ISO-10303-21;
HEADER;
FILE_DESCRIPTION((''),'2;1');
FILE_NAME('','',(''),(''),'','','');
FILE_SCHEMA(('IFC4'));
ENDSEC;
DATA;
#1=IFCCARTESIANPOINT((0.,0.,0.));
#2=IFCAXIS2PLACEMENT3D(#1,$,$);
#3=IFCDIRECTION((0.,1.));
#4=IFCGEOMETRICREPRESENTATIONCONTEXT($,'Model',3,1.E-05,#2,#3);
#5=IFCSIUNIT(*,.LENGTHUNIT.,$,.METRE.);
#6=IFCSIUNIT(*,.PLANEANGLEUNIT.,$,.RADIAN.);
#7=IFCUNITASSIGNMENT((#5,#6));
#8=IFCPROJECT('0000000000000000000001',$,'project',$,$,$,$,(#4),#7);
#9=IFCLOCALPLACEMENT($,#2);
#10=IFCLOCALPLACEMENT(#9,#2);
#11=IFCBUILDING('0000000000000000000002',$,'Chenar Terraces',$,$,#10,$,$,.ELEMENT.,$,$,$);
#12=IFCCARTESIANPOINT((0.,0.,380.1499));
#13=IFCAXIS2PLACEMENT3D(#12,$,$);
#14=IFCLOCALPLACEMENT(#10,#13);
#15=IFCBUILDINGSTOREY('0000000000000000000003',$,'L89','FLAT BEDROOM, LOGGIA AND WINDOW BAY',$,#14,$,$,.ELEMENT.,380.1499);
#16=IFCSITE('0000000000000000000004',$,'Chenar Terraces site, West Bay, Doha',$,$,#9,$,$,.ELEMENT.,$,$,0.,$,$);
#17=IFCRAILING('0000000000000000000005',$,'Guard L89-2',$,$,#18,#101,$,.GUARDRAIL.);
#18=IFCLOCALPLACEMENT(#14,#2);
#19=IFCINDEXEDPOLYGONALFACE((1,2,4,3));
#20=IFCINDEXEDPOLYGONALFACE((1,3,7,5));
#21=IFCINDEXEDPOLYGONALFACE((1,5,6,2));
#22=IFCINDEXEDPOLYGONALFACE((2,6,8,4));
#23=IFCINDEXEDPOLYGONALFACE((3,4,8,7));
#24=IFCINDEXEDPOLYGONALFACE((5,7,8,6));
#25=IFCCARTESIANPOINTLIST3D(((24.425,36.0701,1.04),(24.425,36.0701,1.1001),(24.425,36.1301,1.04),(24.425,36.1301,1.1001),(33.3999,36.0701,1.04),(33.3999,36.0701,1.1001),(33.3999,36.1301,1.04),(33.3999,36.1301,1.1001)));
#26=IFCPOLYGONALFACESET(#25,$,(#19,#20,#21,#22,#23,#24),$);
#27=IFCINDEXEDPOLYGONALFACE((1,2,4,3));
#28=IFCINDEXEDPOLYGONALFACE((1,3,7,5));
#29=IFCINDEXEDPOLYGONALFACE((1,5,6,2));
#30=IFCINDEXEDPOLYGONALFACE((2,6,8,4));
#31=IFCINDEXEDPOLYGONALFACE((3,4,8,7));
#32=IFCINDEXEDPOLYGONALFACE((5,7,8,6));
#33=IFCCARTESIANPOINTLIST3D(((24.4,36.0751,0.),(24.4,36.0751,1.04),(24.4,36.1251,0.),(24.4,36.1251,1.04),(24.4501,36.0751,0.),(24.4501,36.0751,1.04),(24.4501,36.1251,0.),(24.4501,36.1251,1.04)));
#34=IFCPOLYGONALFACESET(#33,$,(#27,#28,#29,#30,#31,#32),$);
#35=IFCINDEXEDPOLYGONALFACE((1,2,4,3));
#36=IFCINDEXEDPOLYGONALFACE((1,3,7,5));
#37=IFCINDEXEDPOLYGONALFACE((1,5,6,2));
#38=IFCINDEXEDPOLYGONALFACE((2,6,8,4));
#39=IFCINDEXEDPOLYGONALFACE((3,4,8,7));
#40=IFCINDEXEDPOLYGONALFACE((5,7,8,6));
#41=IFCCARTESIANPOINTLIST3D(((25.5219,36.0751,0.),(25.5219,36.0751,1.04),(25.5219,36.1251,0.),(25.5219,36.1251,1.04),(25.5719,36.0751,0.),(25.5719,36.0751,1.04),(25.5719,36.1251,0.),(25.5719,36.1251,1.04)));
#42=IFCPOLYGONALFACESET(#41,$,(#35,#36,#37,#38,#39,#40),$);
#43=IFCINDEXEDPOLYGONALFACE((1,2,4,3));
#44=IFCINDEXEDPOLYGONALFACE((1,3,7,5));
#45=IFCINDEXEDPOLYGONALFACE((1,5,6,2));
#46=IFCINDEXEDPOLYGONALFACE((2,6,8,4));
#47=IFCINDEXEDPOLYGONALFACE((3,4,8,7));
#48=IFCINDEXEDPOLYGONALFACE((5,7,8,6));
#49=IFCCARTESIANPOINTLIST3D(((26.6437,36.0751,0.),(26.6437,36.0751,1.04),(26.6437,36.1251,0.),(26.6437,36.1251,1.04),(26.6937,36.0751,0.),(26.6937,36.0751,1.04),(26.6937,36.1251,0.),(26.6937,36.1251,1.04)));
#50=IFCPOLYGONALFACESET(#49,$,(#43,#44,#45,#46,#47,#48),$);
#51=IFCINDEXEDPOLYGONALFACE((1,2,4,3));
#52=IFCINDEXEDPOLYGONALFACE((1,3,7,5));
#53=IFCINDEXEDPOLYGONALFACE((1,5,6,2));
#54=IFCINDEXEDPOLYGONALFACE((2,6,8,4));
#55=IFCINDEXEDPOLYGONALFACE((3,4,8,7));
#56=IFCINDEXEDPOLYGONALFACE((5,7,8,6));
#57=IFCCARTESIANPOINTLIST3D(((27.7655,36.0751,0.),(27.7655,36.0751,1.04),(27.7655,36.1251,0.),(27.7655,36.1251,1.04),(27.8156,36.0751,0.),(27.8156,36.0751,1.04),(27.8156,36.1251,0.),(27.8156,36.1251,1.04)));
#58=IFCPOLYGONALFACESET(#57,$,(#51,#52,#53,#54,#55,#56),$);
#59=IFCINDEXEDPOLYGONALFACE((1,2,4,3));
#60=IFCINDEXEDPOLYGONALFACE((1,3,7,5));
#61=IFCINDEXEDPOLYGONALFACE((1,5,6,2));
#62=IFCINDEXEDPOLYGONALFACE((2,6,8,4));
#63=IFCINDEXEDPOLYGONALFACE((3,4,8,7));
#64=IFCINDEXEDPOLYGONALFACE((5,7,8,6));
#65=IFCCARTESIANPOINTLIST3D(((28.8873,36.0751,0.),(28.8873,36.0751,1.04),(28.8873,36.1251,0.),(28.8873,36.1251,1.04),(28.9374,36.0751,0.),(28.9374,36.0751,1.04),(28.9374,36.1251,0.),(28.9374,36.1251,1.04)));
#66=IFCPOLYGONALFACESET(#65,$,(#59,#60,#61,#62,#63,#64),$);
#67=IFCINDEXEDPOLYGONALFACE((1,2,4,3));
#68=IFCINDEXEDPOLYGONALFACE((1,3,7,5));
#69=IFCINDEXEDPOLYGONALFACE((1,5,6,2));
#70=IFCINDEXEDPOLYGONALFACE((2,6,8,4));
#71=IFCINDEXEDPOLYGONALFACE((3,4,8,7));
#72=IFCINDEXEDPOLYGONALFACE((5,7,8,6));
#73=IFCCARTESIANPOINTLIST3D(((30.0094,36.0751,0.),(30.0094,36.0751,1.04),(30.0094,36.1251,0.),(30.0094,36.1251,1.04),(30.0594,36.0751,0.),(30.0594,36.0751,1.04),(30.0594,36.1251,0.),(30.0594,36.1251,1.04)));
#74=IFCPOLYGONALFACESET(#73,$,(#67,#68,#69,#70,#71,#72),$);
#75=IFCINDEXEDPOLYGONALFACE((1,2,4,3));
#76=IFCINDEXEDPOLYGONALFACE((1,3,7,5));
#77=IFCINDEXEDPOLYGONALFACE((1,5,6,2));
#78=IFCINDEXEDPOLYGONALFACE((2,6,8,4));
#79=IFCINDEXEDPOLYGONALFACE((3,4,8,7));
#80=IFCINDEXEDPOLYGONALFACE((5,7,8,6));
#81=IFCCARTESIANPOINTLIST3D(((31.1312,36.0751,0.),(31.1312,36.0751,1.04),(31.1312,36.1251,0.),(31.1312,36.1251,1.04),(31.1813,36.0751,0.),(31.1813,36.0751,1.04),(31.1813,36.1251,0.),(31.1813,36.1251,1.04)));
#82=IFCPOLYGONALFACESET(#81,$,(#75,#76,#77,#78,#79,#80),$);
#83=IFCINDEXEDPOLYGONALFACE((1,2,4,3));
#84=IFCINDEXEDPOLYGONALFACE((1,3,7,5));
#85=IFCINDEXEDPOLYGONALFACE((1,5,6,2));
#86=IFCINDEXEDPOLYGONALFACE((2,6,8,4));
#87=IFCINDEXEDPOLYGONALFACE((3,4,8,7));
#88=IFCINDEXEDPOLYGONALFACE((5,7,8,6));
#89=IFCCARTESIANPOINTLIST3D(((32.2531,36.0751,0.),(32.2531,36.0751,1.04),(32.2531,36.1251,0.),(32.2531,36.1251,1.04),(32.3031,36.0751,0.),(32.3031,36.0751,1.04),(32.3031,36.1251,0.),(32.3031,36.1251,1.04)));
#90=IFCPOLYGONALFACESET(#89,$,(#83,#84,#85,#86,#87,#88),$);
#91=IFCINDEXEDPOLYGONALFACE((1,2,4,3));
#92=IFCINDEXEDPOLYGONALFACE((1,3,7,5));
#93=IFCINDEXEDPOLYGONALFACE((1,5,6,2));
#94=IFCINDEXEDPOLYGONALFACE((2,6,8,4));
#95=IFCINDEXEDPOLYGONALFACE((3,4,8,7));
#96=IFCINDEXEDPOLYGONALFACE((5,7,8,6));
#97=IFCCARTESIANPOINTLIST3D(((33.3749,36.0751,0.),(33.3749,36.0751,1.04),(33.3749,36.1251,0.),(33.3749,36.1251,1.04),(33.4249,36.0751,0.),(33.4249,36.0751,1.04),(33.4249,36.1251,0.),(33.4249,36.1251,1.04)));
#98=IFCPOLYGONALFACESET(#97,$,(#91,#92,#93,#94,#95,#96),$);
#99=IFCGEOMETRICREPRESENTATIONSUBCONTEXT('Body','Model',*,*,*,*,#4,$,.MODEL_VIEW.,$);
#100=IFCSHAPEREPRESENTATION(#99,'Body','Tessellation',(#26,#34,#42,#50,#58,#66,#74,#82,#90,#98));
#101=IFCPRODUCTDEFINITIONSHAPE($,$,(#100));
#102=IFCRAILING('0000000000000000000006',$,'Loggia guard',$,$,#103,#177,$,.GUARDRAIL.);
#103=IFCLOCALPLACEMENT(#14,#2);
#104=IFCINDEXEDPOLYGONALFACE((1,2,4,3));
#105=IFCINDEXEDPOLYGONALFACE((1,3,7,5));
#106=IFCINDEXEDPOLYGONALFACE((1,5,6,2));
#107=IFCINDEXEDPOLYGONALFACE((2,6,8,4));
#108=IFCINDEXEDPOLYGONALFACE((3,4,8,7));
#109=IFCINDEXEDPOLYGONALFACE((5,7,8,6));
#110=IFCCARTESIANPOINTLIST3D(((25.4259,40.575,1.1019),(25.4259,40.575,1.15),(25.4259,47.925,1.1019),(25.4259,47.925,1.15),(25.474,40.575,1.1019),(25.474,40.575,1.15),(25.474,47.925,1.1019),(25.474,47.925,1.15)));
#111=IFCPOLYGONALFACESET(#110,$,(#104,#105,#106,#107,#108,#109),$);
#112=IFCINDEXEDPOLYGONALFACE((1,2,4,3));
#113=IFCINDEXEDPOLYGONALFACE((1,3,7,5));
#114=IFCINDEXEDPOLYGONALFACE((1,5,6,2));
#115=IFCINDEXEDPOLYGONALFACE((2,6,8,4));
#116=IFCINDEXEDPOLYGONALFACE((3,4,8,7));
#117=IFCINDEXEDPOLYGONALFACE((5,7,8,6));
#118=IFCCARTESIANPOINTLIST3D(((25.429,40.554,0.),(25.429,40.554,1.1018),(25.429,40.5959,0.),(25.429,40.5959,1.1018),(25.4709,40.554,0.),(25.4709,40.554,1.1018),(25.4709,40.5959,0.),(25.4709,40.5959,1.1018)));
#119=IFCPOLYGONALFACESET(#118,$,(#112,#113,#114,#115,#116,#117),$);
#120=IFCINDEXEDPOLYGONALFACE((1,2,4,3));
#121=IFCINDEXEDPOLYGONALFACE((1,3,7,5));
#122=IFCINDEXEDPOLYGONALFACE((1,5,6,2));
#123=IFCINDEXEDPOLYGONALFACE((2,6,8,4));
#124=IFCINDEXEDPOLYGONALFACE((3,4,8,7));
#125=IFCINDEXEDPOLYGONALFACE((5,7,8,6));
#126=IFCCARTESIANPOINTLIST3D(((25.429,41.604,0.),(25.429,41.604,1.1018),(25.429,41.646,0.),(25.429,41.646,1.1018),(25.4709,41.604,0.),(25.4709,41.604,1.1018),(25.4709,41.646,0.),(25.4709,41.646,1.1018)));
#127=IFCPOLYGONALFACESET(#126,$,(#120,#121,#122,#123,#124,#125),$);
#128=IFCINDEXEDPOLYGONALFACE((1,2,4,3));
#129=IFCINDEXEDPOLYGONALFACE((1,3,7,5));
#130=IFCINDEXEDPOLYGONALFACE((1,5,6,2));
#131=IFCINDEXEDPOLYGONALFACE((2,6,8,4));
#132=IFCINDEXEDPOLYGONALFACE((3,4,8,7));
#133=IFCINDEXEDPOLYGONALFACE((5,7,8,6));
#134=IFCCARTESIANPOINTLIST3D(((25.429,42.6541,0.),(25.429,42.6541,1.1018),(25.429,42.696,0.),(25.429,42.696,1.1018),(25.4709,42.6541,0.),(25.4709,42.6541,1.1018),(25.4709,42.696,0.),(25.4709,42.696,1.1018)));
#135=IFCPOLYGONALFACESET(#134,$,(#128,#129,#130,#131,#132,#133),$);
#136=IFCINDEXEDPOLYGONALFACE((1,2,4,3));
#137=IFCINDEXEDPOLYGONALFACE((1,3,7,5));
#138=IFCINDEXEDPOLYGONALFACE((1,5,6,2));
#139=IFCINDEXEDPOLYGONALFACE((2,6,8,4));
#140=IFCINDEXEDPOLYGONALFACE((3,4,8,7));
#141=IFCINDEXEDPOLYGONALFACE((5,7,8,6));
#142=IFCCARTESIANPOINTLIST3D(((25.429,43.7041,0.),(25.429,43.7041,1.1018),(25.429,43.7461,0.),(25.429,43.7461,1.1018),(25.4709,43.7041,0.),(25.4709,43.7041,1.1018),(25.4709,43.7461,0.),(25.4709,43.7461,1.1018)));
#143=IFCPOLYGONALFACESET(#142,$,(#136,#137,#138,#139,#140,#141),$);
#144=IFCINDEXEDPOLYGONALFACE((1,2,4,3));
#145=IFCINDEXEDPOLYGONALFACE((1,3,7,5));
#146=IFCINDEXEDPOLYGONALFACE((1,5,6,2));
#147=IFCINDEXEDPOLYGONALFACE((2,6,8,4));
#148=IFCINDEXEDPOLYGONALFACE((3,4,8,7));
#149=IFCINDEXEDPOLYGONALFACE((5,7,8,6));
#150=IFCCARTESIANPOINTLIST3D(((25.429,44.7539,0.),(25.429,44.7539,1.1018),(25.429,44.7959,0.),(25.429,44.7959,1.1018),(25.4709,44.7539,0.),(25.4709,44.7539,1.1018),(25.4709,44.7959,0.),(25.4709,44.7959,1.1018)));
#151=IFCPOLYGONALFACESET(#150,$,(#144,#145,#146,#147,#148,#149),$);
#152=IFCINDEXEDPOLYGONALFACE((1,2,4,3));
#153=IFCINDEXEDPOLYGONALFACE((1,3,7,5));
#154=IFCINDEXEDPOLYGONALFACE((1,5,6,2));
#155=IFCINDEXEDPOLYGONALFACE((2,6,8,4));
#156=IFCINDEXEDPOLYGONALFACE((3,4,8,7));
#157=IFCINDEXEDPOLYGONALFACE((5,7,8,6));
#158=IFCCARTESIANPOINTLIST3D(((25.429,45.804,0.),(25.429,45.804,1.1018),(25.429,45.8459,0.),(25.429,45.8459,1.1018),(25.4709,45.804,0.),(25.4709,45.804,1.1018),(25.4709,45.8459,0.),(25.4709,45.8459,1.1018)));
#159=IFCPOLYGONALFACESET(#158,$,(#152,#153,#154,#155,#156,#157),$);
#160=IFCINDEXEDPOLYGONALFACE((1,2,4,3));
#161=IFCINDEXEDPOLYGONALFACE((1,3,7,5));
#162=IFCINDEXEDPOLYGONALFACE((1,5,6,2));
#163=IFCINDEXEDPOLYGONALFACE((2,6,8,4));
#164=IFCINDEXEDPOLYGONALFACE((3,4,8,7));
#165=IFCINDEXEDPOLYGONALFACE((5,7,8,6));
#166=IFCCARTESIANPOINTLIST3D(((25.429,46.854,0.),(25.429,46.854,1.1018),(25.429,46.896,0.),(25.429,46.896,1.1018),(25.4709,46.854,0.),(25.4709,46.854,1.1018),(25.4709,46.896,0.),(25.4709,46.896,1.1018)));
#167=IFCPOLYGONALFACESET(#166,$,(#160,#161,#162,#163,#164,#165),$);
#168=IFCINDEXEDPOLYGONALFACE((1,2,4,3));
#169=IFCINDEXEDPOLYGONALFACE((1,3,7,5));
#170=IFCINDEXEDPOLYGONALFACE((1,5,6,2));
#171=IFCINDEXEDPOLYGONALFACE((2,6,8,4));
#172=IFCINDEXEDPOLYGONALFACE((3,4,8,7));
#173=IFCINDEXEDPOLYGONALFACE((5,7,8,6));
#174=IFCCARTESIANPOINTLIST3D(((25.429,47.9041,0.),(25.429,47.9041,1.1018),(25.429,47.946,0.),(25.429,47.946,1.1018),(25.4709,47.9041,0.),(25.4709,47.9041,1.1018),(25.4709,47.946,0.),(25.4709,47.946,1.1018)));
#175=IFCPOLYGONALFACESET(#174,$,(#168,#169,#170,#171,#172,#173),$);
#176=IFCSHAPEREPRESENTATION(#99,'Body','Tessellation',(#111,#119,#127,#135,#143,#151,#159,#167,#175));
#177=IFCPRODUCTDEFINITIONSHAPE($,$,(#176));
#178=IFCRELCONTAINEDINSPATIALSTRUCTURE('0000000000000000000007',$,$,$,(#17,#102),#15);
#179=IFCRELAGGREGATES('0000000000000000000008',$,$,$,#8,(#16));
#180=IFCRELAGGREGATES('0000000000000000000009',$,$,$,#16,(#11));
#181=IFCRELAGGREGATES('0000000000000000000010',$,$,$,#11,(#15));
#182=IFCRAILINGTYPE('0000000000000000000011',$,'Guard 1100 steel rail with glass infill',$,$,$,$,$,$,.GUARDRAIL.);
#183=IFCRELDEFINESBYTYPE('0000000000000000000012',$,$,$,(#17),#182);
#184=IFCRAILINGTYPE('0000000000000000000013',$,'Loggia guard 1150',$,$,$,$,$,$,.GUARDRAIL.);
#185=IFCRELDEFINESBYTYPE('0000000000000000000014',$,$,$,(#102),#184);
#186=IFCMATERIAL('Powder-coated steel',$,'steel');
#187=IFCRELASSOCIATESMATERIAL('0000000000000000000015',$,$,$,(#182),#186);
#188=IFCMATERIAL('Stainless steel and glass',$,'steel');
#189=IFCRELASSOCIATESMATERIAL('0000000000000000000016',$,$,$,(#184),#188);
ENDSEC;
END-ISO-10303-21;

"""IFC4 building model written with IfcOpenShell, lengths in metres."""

from ifc_helpers import new_model, si_unit, direction, frame, origin, origin_2d, place, context, subcontext, project, spatial, rectangle, extrude, material, type_object, element, save


model = new_model("IFC4")

# Units and contexts
model_context = context("Model", 3, precision=1e-05, world=origin(), true_north=direction((0.0, 1.0)))
body_context = subcontext(model_context, "Body", "Model", "MODEL_VIEW")
ifc_project = project(units=[si_unit("LENGTHUNIT", "METRE"), si_unit("PLANEANGLEUNIT", "RADIAN")], contexts=[model_context])

# Site, building, storey
site_placement = place(None, origin())
site = spatial("IfcSite", under=ifc_project, at=site_placement, Name="Chenar Terraces site, West Bay, Doha", CompositionType="ELEMENT", RefElevation=0.0)
building_placement = place(site_placement, origin())
building = spatial("IfcBuilding", under=site, at=building_placement, Name="Chenar Terraces", CompositionType="ELEMENT")
storey_placement = place(building_placement, frame((0.0, 0.0, 380.1499)))
storey = spatial("IfcBuildingStorey", under=building, at=storey_placement, Name="L89", Description="FLAT BEDROOM, LOGGIA AND WINDOW BAY", CompositionType="ELEMENT", Elevation=380.1499)

# Railings
ifc_material_1 = material(Name="Powder-coated steel", Category="steel")
railing_type_1 = type_object("IfcRailingType", Name="Guard 1100 steel rail with glass infill", PredefinedType="GUARDRAIL", material=ifc_material_1)
railing_1_placement = place(storey_placement, frame((24.425, 36.1001, 0.0)))
element("IfcRailing", 1, at=railing_1_placement, inside=storey, type_object=railing_type_1, Name="Guard L89-2", PredefinedType="GUARDRAIL", context=body_context, shape_type="SweptSolid", body=[
    extrude(rectangle(XDim=0.0601, YDim=0.0601, at=origin_2d()), frame((0.0, 0.0, 1.0701), z_axis=(1.0, 0.0, 0.0), x_axis=(0.0, 1.0, 0.0)), (0.0, 0.0, 1.0), 8.9749),
    extrude(rectangle(XDim=0.05, YDim=0.05, at=origin_2d()), origin(), (0.0, 0.0, 1.0), 1.04),
    extrude(rectangle(XDim=0.05, YDim=0.05, at=origin_2d()), frame((1.1218, 0.0, 0.0)), (0.0, 0.0, 1.0), 1.04),
    extrude(rectangle(XDim=0.05, YDim=0.05, at=origin_2d()), frame((2.2437, 0.0, 0.0)), (0.0, 0.0, 1.0), 1.04),
    extrude(rectangle(XDim=0.05, YDim=0.05, at=origin_2d()), frame((3.3655, 0.0, 0.0)), (0.0, 0.0, 1.0), 1.04),
    extrude(rectangle(XDim=0.05, YDim=0.05, at=origin_2d()), frame((4.4873, 0.0, 0.0)), (0.0, 0.0, 1.0), 1.04),
    extrude(rectangle(XDim=0.05, YDim=0.05, at=origin_2d()), frame((5.6094, 0.0, 0.0)), (0.0, 0.0, 1.0), 1.04),
    extrude(rectangle(XDim=0.05, YDim=0.05, at=origin_2d()), frame((6.7312, 0.0, 0.0)), (0.0, 0.0, 1.0), 1.04),
    extrude(rectangle(XDim=0.05, YDim=0.05, at=origin_2d()), frame((7.853, 0.0, 0.0)), (0.0, 0.0, 1.0), 1.04),
    extrude(rectangle(XDim=0.05, YDim=0.05, at=origin_2d()), frame((8.9749, 0.0, 0.0)), (0.0, 0.0, 1.0), 1.04),
])
ifc_material_2 = material(Name="Stainless steel and glass", Category="steel")
railing_type_2 = type_object("IfcRailingType", Name="Loggia guard 1150", PredefinedType="GUARDRAIL", material=ifc_material_2)
railing_2_placement = place(storey_placement, frame((25.45, 40.575, 0.0)))
element("IfcRailing", 2, at=railing_2_placement, inside=storey, type_object=railing_type_2, Name="Loggia guard", PredefinedType="GUARDRAIL", context=body_context, shape_type="SweptSolid", body=[
    extrude(rectangle(XDim=0.0481, YDim=0.0481, at=origin_2d()), frame((0.0, 0.0, 1.126), z_axis=(0.0, 1.0, 0.0), x_axis=(-1.0, 0.0, 0.0)), (0.0, 0.0, 1.0), 7.3501),
    extrude(rectangle(XDim=0.042, YDim=0.042, at=origin_2d()), origin(), (0.0, 0.0, 1.0), 1.1018),
    extrude(rectangle(XDim=0.042, YDim=0.042, at=origin_2d()), frame((0.0, 1.05, 0.0)), (0.0, 0.0, 1.0), 1.1018),
    extrude(rectangle(XDim=0.042, YDim=0.042, at=origin_2d()), frame((0.0, 2.1001, 0.0)), (0.0, 0.0, 1.0), 1.1018),
    extrude(rectangle(XDim=0.042, YDim=0.042, at=origin_2d()), frame((0.0, 3.1501, 0.0)), (0.0, 0.0, 1.0), 1.1018),
    extrude(rectangle(XDim=0.042, YDim=0.042, at=origin_2d()), frame((0.0, 4.2, 0.0)), (0.0, 0.0, 1.0), 1.1018),
    extrude(rectangle(XDim=0.042, YDim=0.042, at=origin_2d()), frame((0.0, 5.25, 0.0)), (0.0, 0.0, 1.0), 1.1018),
    extrude(rectangle(XDim=0.042, YDim=0.042, at=origin_2d()), frame((0.0, 6.3, 0.0)), (0.0, 0.0, 1.0), 1.1018),
    extrude(rectangle(XDim=0.042, YDim=0.042, at=origin_2d()), frame((0.0, 7.3501, 0.0)), (0.0, 0.0, 1.0), 1.1018),
])

save(model, "model.ifc")
